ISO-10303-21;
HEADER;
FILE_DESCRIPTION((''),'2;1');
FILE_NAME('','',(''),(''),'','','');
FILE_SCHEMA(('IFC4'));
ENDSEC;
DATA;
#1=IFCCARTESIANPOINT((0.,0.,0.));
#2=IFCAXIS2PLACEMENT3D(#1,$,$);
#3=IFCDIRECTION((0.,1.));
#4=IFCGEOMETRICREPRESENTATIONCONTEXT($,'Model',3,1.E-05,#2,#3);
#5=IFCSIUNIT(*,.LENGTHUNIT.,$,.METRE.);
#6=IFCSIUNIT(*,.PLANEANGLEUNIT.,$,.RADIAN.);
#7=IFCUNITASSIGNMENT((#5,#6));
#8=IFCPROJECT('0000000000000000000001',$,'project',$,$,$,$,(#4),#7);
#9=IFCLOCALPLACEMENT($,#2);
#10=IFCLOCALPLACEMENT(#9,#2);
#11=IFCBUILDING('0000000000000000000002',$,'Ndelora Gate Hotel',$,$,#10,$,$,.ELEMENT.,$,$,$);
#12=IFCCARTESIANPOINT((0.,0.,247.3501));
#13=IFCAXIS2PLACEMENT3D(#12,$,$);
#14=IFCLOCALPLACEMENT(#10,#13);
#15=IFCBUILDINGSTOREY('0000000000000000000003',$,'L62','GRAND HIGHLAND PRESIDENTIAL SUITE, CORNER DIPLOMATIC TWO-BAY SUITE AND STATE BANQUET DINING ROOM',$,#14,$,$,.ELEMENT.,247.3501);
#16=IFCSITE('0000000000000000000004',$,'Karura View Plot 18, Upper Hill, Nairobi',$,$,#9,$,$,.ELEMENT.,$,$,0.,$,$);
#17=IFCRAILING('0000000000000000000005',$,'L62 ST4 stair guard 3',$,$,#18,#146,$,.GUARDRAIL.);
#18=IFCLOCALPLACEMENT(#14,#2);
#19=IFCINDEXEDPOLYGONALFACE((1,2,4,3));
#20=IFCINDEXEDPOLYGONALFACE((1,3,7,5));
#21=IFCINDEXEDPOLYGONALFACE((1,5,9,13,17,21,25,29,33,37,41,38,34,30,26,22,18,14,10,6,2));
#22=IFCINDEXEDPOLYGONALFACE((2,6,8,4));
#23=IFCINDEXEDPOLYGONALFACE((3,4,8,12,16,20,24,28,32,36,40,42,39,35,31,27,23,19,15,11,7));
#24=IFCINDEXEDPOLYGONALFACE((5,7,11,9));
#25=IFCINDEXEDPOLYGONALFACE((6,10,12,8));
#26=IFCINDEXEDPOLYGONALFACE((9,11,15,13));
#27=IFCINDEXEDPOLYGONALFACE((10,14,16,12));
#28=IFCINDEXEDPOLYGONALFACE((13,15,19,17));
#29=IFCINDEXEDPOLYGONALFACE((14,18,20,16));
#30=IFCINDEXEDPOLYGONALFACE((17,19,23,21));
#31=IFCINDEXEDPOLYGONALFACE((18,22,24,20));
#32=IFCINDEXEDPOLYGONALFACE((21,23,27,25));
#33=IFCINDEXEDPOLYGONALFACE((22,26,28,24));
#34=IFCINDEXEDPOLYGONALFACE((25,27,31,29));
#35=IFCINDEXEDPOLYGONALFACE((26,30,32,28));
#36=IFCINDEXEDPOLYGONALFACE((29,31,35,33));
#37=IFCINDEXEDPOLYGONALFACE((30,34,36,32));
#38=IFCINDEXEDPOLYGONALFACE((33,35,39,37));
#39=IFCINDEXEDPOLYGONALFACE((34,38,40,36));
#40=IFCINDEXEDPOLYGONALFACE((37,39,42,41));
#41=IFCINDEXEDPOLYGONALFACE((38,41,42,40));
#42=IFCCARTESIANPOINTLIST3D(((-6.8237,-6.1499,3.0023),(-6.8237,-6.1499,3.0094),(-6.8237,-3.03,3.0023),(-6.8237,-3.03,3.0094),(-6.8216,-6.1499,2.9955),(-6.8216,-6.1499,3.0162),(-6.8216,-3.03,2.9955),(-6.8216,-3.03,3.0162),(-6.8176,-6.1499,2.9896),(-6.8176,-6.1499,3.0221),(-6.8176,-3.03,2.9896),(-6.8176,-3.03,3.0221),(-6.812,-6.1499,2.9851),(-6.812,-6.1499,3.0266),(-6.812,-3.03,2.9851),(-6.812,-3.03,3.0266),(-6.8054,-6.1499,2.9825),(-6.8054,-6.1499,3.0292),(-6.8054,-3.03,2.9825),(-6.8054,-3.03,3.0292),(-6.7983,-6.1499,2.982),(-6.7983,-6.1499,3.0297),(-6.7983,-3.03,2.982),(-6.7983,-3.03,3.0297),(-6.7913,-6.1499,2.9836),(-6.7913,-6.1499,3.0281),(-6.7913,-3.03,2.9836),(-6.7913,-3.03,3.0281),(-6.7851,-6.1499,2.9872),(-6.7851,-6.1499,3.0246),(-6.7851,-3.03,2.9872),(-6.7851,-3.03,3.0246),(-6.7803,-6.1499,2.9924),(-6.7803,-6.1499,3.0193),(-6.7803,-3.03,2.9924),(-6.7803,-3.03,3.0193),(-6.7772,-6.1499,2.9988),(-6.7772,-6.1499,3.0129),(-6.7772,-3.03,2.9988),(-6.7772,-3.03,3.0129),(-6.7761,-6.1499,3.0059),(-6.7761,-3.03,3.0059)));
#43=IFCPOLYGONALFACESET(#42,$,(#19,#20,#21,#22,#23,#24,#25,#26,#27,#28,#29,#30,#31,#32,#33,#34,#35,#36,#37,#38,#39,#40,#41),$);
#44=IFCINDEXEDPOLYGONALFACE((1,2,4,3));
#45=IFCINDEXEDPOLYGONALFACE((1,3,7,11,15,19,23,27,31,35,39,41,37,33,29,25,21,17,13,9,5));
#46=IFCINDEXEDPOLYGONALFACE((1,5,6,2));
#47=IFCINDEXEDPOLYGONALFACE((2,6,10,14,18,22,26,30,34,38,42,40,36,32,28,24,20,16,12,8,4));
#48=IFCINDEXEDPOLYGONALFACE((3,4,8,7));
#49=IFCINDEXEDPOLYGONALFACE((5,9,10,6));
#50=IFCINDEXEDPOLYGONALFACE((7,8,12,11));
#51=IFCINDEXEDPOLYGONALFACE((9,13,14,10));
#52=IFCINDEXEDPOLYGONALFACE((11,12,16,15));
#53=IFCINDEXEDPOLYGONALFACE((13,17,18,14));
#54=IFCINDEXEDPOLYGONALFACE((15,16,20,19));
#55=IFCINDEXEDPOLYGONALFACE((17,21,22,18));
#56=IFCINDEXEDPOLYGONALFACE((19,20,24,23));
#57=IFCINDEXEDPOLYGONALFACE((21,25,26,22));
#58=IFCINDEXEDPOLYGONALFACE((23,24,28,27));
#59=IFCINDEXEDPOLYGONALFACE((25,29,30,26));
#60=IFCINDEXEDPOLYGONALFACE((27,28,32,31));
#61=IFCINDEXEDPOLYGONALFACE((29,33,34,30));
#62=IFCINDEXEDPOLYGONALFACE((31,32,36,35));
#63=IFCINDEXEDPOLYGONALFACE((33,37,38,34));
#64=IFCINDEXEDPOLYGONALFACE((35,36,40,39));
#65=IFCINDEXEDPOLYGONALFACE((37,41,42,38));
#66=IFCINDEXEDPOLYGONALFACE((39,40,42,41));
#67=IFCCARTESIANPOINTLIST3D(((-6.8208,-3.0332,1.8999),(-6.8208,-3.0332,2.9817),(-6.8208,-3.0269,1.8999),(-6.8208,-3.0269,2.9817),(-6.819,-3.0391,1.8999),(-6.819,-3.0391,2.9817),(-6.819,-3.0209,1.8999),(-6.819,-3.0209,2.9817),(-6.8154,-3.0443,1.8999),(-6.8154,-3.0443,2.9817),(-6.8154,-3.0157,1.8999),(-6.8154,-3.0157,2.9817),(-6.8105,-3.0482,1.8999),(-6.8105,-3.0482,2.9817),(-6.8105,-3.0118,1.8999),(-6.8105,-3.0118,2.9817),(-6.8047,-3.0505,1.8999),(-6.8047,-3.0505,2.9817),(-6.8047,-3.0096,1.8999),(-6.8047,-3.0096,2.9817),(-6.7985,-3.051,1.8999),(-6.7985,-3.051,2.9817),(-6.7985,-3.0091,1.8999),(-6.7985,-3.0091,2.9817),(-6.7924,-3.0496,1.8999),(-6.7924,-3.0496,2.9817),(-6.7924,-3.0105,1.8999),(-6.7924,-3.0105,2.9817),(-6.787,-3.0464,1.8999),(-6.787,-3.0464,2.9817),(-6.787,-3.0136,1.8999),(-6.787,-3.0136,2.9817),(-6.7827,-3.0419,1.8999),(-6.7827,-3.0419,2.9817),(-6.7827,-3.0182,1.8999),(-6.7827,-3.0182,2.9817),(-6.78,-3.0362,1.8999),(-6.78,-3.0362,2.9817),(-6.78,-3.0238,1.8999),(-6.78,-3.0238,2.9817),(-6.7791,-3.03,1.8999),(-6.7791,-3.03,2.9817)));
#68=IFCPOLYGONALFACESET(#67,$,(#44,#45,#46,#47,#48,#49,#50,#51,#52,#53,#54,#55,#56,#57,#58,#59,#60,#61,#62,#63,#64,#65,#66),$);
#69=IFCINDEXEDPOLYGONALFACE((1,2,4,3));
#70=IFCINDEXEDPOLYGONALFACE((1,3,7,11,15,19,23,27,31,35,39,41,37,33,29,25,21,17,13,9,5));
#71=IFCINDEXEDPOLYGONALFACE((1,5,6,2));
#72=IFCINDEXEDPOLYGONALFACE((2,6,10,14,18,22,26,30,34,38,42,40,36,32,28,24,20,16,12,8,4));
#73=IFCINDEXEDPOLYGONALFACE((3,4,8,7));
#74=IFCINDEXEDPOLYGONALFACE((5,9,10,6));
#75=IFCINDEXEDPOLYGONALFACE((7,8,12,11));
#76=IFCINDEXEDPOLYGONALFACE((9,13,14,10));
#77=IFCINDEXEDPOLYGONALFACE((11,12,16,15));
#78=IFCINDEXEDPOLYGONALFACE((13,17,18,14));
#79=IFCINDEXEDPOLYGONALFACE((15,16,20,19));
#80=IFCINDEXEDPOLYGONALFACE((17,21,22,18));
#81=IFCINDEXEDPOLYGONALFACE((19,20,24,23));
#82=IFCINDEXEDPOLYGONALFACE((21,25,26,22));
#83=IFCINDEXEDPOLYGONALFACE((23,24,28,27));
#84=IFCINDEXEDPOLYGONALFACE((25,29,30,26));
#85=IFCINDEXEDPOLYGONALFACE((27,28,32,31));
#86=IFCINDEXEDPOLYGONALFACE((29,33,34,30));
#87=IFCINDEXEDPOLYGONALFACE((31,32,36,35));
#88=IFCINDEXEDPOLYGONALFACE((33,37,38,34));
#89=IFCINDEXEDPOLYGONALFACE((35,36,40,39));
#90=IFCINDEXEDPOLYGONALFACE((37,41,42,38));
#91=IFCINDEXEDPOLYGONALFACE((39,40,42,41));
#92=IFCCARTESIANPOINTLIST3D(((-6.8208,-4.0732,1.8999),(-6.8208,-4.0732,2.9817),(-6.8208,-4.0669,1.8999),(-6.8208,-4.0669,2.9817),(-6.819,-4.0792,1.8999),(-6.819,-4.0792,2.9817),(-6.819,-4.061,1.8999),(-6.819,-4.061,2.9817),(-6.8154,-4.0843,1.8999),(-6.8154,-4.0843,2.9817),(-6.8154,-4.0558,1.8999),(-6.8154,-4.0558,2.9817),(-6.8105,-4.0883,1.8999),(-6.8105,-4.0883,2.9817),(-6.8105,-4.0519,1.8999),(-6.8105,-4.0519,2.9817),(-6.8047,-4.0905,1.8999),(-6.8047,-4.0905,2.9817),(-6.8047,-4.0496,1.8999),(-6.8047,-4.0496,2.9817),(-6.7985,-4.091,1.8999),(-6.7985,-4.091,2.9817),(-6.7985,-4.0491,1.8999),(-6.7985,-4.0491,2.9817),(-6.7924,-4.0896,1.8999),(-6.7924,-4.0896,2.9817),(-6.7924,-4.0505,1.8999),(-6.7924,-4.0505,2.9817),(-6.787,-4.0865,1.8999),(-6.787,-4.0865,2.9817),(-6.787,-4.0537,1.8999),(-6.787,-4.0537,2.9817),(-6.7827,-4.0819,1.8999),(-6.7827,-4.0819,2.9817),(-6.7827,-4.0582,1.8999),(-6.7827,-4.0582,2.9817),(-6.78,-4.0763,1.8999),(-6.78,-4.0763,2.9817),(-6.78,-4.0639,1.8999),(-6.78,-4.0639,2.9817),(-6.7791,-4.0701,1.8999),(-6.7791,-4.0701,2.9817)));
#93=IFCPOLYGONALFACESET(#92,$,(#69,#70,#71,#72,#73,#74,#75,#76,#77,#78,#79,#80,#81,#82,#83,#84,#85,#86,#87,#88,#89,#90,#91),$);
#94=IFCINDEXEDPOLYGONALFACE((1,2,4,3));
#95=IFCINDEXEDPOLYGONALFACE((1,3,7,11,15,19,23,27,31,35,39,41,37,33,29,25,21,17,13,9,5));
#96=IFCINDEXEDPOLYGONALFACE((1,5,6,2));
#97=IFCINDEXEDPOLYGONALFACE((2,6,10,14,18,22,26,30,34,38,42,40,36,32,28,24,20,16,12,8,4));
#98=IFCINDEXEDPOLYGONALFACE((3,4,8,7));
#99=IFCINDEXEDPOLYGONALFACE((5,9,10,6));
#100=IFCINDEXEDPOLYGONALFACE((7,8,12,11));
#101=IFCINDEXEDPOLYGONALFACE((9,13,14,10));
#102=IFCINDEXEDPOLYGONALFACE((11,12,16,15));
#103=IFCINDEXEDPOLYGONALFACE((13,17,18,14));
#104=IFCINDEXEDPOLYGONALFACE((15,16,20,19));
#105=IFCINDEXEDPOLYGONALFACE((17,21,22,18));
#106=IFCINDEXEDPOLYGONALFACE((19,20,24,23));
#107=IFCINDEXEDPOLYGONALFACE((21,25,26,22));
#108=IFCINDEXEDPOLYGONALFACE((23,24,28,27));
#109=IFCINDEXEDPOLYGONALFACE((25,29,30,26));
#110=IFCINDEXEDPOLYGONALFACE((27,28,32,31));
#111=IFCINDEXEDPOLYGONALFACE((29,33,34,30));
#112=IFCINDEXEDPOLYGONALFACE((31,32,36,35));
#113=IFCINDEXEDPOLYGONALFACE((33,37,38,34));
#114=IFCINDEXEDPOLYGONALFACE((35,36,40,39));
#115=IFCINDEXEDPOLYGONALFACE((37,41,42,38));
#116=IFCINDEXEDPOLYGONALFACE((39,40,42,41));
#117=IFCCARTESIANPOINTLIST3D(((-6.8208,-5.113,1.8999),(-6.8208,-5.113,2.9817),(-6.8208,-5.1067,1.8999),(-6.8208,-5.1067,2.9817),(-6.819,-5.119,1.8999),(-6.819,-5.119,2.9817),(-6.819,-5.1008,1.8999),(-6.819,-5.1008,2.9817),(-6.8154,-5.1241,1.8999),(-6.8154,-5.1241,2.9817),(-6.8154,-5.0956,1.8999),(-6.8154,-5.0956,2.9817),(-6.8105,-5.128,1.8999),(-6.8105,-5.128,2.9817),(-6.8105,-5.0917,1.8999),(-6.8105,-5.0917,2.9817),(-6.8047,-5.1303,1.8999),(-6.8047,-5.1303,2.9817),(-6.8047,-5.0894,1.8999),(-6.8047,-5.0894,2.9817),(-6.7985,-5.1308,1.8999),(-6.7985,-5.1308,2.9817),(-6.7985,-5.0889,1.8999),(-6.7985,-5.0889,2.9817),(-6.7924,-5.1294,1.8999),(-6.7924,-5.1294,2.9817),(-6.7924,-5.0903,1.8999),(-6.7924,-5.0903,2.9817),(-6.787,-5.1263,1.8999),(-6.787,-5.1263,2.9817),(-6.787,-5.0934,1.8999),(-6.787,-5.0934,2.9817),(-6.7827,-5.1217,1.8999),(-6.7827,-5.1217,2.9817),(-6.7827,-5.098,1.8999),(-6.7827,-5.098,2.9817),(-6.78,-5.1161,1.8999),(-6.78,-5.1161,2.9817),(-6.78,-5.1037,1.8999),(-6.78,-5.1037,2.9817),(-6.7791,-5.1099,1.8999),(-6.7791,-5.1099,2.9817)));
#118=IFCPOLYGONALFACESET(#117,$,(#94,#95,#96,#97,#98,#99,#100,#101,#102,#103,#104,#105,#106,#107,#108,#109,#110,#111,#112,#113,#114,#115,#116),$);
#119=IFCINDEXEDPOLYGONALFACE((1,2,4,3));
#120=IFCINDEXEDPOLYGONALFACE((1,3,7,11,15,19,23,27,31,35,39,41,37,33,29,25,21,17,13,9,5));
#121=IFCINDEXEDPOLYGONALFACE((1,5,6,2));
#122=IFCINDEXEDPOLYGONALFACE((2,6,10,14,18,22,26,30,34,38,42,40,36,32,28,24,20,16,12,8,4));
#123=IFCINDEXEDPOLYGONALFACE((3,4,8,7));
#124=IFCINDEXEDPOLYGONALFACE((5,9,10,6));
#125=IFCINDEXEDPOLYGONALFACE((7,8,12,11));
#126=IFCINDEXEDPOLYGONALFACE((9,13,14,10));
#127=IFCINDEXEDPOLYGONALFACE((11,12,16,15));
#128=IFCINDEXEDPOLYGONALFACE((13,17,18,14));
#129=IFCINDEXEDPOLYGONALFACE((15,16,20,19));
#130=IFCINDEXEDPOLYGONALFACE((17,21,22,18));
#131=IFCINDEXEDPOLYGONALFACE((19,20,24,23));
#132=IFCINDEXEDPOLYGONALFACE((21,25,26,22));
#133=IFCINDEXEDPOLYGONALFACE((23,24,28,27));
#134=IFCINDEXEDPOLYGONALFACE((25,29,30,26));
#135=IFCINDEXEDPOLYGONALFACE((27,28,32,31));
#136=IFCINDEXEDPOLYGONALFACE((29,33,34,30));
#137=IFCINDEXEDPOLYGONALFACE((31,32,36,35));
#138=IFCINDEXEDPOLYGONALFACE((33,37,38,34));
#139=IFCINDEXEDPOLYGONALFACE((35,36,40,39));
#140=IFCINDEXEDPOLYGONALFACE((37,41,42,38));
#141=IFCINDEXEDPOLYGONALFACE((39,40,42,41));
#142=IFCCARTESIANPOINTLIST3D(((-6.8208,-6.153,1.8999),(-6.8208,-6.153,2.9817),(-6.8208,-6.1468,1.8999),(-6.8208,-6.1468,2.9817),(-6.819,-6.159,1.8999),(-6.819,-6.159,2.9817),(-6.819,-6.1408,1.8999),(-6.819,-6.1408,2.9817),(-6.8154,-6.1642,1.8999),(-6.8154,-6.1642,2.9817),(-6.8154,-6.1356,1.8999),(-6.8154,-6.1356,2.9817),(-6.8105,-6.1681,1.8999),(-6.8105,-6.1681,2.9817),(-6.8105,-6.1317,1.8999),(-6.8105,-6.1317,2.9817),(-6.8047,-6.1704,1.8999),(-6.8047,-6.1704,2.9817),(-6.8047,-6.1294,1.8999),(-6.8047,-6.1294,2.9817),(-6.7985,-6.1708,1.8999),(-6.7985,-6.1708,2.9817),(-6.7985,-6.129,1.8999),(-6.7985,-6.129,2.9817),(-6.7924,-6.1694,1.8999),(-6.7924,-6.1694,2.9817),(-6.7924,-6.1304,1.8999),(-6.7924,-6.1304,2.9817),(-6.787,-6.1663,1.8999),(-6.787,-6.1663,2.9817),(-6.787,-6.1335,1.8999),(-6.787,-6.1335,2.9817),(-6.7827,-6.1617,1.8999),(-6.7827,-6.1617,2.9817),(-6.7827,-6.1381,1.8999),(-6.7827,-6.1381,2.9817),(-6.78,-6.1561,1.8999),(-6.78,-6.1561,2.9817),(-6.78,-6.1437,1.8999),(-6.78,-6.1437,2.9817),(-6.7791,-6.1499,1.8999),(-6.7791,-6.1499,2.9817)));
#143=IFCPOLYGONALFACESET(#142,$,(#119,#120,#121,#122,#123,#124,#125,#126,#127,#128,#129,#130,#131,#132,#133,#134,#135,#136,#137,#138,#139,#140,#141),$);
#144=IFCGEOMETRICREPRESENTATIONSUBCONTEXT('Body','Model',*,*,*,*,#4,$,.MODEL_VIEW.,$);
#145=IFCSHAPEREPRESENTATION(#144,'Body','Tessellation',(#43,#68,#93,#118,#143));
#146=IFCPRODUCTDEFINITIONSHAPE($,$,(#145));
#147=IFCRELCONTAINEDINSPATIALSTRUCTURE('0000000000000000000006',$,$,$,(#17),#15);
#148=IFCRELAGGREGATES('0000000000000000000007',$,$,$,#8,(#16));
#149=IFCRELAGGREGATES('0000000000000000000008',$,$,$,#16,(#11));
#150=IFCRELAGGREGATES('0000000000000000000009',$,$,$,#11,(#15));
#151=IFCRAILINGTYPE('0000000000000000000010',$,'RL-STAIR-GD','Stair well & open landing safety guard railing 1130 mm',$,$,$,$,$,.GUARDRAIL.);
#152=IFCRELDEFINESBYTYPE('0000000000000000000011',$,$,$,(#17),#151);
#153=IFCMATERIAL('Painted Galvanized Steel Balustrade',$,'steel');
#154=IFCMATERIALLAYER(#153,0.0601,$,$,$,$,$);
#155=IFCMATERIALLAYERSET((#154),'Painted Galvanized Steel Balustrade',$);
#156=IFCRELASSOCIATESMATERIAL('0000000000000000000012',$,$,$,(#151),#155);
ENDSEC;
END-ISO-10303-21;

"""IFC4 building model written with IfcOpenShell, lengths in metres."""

from ifc_helpers import new_model, si_unit, direction, frame, origin, origin_2d, place, context, subcontext, project, spatial, circle, extrude, material, layer, layer_set, type_object, element, save


model = new_model("IFC4")

# Units and contexts
model_context = context("Model", 3, precision=1e-05, world=origin(), true_north=direction((0.0, 1.0)))
body_context = subcontext(model_context, "Body", "Model", "MODEL_VIEW")
ifc_project = project(units=[si_unit("LENGTHUNIT", "METRE"), si_unit("PLANEANGLEUNIT", "RADIAN")], contexts=[model_context])

# Site, building, storey
site_placement = place(None, origin())
site = spatial("IfcSite", under=ifc_project, at=site_placement, Name="Karura View Plot 18, Upper Hill, Nairobi", CompositionType="ELEMENT", RefElevation=0.0)
building_placement = place(site_placement, origin())
building = spatial("IfcBuilding", under=site, at=building_placement, Name="Ndelora Gate Hotel", CompositionType="ELEMENT")
storey_placement = place(building_placement, frame((0.0, 0.0, 247.3501)))
storey = spatial("IfcBuildingStorey", under=building, at=storey_placement, Name="L62", Description="GRAND HIGHLAND PRESIDENTIAL SUITE, CORNER DIPLOMATIC TWO-BAY SUITE AND STATE BANQUET DINING ROOM", CompositionType="ELEMENT", Elevation=247.3501)

# Railing
ifc_material_1 = material(Name="Painted Galvanized Steel Balustrade", Category="steel")
ifc_layer_1 = layer(ifc_material_1, 0.0601)
ifc_layer_set_1 = layer_set([ifc_layer_1], Name="Painted Galvanized Steel Balustrade")
railing_type_1 = type_object("IfcRailingType", Name="RL-STAIR-GD", Description="Stair well & open landing safety guard railing 1130 mm", PredefinedType="GUARDRAIL", material=ifc_layer_set_1)
for number, where, name in (
    (1, (-6.8, -3.03, 1.8999), "L62 ST4 stair guard 3"),
):
    element("IfcRailing", number, at=place(storey_placement, frame(where)), inside=storey, type_object=railing_type_1, Name=name, PredefinedType="GUARDRAIL", context=body_context, shape_type="SweptSolid", body=[
        extrude(circle(Radius=0.0239, at=origin_2d()), frame((0.0, 0.0, 1.106), z_axis=(0.0, -1.0, 0.0), x_axis=(1.0, 0.0, 0.0)), (0.0, 0.0, 1.0), 3.1199),
        extrude(circle(Radius=0.021, at=origin_2d()), origin(), (0.0, 0.0, 1.0), 1.0818),
        extrude(circle(Radius=0.021, at=origin_2d()), frame((0.0, -1.04, 0.0)), (0.0, 0.0, 1.0), 1.0818),
        extrude(circle(Radius=0.021, at=origin_2d()), frame((0.0, -2.0798, 0.0)), (0.0, 0.0, 1.0), 1.0818),
        extrude(circle(Radius=0.021, at=origin_2d()), frame((0.0, -3.1199, 0.0)), (0.0, 0.0, 1.0), 1.0818),
    ])

save(model, "model.ifc")
